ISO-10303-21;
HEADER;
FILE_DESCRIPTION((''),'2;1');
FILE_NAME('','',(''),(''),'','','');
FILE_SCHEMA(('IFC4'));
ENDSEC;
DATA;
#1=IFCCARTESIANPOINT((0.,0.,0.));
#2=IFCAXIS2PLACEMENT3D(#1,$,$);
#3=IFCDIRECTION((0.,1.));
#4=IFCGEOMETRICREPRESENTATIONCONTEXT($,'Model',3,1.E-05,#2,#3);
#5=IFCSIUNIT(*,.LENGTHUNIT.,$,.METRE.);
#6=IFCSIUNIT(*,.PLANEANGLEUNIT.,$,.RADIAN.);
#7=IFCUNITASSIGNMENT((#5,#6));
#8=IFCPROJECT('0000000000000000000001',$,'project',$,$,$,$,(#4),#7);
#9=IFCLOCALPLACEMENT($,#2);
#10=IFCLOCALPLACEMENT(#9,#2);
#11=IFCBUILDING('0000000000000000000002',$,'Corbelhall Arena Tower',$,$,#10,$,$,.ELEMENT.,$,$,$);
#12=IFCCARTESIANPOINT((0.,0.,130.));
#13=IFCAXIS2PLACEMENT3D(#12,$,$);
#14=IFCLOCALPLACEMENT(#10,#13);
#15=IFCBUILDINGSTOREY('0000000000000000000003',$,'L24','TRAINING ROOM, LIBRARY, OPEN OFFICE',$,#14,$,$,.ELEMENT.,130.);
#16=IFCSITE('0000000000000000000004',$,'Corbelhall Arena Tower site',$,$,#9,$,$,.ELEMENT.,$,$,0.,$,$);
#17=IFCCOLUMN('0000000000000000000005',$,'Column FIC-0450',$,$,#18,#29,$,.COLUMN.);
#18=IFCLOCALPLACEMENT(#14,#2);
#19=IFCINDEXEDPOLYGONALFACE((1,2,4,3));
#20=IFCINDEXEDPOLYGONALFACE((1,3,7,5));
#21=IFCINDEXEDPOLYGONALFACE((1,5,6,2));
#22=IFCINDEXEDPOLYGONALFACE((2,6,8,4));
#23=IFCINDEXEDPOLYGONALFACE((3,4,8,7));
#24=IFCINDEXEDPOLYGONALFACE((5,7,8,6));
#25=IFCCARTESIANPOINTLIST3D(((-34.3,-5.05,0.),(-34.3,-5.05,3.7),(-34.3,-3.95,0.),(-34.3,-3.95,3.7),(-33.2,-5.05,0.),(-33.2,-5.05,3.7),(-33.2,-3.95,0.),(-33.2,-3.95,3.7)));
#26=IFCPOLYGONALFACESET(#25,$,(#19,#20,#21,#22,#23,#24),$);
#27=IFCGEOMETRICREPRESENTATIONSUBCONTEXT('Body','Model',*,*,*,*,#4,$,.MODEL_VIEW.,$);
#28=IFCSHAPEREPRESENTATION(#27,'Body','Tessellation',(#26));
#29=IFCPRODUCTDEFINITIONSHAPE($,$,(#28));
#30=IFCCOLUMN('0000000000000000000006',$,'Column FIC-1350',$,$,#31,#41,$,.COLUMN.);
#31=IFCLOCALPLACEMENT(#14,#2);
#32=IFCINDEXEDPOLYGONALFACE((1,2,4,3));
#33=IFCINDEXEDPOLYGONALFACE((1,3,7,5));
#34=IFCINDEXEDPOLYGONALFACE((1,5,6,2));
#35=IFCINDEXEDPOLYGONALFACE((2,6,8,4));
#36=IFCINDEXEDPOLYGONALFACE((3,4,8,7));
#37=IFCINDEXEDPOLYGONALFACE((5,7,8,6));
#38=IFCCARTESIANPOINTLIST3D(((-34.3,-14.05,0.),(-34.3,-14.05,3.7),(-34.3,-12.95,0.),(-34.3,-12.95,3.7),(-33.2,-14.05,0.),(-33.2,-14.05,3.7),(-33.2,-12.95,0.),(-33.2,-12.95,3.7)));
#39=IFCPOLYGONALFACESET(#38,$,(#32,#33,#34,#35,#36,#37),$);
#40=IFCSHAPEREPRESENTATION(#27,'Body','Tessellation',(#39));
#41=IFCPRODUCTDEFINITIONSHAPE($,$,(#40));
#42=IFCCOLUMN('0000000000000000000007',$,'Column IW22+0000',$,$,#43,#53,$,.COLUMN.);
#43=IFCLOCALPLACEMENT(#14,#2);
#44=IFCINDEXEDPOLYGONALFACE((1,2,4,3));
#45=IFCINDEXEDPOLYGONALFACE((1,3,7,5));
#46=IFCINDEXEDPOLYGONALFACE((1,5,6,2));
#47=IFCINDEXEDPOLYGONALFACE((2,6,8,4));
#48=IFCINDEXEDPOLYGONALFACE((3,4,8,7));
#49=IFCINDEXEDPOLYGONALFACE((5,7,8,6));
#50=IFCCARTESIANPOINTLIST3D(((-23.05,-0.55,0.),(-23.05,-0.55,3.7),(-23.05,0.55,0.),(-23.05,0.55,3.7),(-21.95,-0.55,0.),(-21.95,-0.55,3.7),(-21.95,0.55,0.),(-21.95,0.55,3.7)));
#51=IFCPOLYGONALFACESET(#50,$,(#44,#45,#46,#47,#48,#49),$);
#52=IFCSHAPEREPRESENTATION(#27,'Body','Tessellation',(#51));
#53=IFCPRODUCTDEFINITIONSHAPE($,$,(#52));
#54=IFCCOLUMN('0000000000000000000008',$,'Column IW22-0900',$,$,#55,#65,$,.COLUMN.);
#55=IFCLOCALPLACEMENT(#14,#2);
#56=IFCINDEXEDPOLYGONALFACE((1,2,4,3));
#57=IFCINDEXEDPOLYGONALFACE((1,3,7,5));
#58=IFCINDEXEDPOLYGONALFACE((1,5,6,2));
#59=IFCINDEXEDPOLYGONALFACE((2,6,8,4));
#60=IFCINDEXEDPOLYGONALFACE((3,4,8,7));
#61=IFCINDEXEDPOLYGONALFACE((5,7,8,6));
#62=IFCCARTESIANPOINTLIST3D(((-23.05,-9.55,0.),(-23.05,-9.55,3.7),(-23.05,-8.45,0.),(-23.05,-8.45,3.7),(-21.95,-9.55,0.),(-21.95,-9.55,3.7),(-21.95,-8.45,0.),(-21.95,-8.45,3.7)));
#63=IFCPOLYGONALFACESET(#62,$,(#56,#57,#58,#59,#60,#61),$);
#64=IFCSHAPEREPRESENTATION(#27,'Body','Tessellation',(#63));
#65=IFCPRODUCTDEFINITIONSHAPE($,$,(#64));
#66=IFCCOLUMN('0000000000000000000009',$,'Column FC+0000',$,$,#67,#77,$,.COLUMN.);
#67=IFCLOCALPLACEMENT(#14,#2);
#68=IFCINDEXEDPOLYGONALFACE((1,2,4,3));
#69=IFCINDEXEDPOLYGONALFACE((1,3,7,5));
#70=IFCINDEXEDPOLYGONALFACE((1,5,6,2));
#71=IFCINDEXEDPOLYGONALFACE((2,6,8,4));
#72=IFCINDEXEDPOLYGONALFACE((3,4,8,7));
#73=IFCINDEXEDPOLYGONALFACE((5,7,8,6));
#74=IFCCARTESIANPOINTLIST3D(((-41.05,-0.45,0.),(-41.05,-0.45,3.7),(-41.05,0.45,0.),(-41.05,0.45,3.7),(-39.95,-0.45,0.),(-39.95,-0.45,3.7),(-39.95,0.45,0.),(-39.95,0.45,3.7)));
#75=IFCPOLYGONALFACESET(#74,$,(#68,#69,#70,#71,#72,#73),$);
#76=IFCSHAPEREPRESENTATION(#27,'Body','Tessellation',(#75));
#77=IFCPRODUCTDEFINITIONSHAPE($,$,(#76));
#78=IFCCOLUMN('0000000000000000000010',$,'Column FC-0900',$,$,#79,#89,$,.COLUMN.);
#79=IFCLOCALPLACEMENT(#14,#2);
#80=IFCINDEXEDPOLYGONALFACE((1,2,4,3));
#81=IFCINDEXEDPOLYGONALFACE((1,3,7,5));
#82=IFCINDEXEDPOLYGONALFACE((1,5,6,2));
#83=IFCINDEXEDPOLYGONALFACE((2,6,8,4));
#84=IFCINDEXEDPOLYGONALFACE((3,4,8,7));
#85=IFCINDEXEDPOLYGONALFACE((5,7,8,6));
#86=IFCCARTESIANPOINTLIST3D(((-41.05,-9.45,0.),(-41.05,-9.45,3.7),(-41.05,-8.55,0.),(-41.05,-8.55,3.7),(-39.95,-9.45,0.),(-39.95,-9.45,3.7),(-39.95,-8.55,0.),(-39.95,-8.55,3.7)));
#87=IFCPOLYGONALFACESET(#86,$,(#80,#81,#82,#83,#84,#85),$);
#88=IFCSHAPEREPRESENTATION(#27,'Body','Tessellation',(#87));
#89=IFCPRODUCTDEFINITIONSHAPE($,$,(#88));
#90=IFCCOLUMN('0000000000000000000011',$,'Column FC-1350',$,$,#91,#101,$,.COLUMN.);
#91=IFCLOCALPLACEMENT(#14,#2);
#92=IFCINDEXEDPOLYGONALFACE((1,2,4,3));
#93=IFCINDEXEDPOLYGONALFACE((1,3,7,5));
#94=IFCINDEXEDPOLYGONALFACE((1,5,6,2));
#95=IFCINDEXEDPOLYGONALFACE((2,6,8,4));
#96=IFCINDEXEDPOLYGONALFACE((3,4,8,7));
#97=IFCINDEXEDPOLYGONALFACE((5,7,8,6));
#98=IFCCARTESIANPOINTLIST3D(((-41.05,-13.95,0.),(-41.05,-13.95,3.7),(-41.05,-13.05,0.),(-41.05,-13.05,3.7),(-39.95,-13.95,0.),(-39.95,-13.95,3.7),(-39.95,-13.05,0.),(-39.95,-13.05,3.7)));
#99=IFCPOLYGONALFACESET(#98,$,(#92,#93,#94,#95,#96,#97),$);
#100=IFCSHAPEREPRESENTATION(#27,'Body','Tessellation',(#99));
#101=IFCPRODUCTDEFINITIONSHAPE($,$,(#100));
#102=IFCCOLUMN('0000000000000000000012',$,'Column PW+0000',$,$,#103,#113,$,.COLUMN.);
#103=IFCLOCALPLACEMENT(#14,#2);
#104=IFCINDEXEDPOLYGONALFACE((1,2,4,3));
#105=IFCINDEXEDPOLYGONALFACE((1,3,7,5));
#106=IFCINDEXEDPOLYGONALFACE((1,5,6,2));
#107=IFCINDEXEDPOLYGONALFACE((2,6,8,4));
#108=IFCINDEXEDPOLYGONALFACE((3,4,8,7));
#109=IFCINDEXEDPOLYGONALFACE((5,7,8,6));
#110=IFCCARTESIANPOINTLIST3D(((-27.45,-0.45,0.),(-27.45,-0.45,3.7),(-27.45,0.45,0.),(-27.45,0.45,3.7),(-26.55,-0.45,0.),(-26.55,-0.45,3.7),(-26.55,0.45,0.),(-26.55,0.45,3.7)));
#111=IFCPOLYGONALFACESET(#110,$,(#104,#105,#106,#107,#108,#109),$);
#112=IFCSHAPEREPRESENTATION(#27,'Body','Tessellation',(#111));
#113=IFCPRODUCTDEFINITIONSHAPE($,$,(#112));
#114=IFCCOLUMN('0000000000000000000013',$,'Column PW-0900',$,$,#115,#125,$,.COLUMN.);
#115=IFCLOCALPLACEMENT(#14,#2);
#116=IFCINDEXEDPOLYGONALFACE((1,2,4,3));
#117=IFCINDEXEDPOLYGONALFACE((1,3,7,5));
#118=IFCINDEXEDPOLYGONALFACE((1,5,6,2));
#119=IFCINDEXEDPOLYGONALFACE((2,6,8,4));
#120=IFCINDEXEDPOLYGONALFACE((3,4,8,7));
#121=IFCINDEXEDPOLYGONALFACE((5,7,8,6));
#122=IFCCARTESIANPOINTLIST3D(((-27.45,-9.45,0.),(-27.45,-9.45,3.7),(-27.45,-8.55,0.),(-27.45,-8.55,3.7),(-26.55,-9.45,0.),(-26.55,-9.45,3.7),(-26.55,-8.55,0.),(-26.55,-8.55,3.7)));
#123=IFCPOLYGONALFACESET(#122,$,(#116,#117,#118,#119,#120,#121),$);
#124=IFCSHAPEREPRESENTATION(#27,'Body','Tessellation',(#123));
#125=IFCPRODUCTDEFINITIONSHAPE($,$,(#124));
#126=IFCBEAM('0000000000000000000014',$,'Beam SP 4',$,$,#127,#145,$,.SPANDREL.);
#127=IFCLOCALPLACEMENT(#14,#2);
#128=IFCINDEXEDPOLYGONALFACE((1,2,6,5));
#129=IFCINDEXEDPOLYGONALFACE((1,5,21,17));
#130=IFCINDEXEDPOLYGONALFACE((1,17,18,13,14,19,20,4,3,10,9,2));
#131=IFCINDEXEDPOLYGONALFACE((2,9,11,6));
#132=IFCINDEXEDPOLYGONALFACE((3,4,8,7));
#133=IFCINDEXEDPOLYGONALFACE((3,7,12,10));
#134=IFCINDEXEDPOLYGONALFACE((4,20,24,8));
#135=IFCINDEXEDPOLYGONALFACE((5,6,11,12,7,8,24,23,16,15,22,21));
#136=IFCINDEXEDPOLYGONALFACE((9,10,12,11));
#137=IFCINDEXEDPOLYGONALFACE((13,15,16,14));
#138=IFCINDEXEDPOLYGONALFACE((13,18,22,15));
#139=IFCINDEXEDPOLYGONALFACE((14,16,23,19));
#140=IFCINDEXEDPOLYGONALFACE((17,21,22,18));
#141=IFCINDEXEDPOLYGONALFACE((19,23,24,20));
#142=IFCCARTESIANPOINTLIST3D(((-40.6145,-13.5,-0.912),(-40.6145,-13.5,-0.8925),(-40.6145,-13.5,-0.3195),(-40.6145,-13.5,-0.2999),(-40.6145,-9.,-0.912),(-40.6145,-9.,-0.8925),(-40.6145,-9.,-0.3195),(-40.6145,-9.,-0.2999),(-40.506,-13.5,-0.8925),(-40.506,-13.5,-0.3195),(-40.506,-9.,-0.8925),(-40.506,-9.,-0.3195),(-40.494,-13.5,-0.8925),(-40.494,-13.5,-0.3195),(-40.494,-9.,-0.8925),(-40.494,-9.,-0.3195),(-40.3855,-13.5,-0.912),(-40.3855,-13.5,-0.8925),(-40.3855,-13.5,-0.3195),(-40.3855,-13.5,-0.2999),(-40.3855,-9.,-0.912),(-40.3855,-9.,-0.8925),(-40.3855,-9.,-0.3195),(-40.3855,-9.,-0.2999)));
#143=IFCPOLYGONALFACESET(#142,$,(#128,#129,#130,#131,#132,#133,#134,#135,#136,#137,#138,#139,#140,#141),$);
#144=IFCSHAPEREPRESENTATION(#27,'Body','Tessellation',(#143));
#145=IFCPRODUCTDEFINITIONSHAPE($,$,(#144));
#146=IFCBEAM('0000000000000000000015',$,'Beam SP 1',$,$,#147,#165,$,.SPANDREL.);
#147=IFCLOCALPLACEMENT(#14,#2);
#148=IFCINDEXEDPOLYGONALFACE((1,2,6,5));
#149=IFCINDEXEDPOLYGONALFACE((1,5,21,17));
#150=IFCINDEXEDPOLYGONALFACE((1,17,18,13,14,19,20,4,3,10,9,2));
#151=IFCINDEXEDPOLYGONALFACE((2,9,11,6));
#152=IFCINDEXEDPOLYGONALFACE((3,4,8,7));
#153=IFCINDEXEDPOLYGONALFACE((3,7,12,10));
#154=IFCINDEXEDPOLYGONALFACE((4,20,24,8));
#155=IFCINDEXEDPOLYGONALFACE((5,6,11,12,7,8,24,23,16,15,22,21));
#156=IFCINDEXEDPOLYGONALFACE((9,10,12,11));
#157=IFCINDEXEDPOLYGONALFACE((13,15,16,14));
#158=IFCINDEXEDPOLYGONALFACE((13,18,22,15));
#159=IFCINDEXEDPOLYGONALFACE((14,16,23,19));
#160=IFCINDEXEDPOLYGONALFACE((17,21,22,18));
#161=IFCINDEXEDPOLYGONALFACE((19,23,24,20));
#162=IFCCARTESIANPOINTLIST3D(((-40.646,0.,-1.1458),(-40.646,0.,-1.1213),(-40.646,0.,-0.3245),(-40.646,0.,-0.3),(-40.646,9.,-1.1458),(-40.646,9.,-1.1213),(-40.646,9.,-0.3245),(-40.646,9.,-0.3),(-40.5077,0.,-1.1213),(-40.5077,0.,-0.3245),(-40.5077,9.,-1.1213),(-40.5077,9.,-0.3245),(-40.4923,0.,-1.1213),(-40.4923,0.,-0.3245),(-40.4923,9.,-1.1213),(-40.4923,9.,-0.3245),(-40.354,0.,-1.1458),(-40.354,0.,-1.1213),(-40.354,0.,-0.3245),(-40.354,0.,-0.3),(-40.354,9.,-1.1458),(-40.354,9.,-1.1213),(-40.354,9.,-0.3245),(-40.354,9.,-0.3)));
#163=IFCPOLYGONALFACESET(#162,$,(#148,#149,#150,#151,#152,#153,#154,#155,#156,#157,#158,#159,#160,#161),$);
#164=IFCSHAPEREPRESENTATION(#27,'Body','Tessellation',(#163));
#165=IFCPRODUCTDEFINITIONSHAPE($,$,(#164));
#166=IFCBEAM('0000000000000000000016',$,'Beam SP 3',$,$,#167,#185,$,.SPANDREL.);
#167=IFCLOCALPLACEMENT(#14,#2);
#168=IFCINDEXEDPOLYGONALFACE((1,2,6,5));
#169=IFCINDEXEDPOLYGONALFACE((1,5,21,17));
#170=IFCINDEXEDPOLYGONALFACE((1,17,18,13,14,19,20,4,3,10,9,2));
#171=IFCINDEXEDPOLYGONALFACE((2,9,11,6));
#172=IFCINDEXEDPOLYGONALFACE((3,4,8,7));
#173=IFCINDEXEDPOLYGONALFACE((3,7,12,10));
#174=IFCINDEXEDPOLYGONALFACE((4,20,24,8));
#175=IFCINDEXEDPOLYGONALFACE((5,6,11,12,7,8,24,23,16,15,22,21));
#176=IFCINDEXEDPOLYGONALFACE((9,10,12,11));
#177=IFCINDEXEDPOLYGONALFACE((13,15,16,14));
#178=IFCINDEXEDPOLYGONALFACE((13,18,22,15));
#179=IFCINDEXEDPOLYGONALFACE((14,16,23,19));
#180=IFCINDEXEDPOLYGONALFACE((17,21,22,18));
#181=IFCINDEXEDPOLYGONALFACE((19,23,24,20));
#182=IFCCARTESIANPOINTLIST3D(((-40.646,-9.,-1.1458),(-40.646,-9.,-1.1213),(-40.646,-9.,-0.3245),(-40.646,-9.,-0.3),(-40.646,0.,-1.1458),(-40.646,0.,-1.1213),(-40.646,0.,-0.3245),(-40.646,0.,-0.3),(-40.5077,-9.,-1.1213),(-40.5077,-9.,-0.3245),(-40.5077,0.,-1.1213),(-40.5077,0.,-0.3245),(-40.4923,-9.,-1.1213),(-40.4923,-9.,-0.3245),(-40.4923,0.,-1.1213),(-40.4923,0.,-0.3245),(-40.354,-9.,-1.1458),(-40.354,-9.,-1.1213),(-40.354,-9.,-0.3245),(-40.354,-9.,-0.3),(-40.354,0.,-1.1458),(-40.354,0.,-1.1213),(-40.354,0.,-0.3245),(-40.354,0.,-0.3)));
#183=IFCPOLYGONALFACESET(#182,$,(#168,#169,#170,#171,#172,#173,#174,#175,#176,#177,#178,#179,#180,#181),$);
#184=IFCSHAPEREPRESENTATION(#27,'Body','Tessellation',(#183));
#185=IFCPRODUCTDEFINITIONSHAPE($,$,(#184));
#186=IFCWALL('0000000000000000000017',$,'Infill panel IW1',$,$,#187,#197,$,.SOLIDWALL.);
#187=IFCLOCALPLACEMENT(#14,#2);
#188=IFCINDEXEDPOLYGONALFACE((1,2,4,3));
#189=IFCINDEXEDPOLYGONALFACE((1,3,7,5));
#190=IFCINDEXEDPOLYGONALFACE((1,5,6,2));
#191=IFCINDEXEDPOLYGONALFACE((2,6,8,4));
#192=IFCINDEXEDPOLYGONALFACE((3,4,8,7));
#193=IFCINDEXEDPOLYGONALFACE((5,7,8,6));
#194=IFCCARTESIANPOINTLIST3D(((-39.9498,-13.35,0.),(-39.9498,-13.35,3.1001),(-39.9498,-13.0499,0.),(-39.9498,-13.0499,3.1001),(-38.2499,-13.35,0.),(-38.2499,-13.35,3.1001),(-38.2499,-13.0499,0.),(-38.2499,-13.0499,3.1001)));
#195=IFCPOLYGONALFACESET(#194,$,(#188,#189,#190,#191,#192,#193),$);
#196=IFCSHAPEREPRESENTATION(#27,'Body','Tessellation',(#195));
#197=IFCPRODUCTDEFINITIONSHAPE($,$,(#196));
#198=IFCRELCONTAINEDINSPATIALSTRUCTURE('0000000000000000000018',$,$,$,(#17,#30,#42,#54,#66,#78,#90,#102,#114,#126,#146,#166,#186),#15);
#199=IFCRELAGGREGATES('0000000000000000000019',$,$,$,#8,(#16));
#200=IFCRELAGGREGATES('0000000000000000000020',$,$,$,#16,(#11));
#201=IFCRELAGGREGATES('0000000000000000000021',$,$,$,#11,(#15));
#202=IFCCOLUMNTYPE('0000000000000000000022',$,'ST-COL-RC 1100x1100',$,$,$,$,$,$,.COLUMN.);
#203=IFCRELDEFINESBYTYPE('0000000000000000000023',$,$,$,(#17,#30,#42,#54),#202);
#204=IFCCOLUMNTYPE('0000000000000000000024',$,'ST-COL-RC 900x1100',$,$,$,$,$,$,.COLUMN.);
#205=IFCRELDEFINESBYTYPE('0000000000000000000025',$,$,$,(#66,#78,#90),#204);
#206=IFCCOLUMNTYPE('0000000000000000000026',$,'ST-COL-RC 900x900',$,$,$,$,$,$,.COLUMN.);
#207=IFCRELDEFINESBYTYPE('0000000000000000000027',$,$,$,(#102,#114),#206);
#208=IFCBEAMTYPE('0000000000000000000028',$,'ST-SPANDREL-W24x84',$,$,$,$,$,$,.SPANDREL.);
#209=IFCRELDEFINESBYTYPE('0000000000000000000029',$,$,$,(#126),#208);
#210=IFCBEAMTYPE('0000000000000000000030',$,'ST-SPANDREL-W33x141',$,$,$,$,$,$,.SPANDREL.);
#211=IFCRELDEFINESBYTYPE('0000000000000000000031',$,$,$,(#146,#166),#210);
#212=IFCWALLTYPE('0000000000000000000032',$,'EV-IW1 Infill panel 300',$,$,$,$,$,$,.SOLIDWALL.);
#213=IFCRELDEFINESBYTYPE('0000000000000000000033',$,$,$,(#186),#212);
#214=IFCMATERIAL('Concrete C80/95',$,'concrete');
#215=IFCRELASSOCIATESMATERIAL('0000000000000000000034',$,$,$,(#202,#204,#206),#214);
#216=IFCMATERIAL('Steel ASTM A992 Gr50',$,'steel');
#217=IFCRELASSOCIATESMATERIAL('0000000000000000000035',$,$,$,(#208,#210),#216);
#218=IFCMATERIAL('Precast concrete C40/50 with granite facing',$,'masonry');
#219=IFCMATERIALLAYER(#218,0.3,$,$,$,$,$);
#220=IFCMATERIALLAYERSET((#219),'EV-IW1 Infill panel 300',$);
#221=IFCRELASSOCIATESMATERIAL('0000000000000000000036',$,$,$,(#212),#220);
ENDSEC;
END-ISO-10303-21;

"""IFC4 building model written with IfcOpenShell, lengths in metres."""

from ifc_helpers import new_model, si_unit, direction, frame, frame_2d, origin, origin_2d, place, context, subcontext, project, spatial, rectangle, i_section, extrude, material, layer, layer_set, material_profile, profile_set, type_object, element, save


model = new_model("IFC4")

# Units and contexts
model_context = context("Model", 3, precision=1e-05, world=origin(), true_north=direction((0.0, 1.0)))
body_context = subcontext(model_context, "Body", "Model", "MODEL_VIEW")
ifc_project = project(units=[si_unit("LENGTHUNIT", "METRE"), si_unit("PLANEANGLEUNIT", "RADIAN")], contexts=[model_context])

# Site, building, storey
site_placement = place(None, origin())
site = spatial("IfcSite", under=ifc_project, at=site_placement, Name="Corbelhall Arena Tower site", CompositionType="ELEMENT", RefElevation=0.0)
building_placement = place(site_placement, origin())
building = spatial("IfcBuilding", under=site, at=building_placement, Name="Corbelhall Arena Tower", CompositionType="ELEMENT")
storey_placement = place(building_placement, frame((0.0, 0.0, 130.0)))
storey = spatial("IfcBuildingStorey", under=building, at=storey_placement, Name="L24", Description="TRAINING ROOM, LIBRARY, OPEN OFFICE", CompositionType="ELEMENT", Elevation=130.0)

# Columns
ifc_material_1 = material(Name="Concrete C80/95", Category="concrete")
ifc_material_profile_1 = material_profile(ifc_material_1, rectangle(XDim=1.1001, YDim=1.1001, at=origin_2d()))
ifc_profile_set_1 = profile_set([ifc_material_profile_1], Name="Concrete C80/95")
column_type_1 = type_object("IfcColumnType", Name="ST-COL-RC 1100x1100", PredefinedType="COLUMN", material=ifc_profile_set_1)
for number, where, z_axis, x_axis, name in (
    (1, (-33.75, -4.5, 0.0), (0.0, 0.0, 1.0), (1.0, 0.0, 0.0), "Column FIC-0450"),
    (2, (-33.75, -13.5, 0.0), (0.0, 0.0, 1.0), (1.0, 0.0, 0.0), "Column FIC-1350"),
    (3, (-22.5, 0.0, 0.0), (0.0, 0.0, 1.0), (1.0, 0.0, 0.0), "Column IW22+0000"),
    (4, (-22.5, -9.0, 0.0), (0.0, 0.0, 1.0), (1.0, 0.0, 0.0), "Column IW22-0900"),
):
    element("IfcColumn", number, at=place(storey_placement, frame(where, z_axis=z_axis, x_axis=x_axis)), inside=storey, type_object=column_type_1, Name=name, PredefinedType="COLUMN", context=body_context, shape_type="SweptSolid", body=[
        extrude(rectangle(XDim=1.1001, YDim=1.1001, at=origin_2d()), origin(), (0.0, 0.0, 1.0), 3.7),
    ])
ifc_material_profile_2 = material_profile(ifc_material_1, rectangle(XDim=0.8999, YDim=1.1001, at=origin_2d()))
ifc_profile_set_2 = profile_set([ifc_material_profile_2], Name="Concrete C80/95")
column_type_2 = type_object("IfcColumnType", Name="ST-COL-RC 900x1100", PredefinedType="COLUMN", material=ifc_profile_set_2)
for number, where, z_axis, x_axis, name in (
    (5, (-40.5, 0.0, 0.0), (0.0, 0.0, 1.0), (0.0, 1.0, 0.0), "Column FC+0000"),
    (6, (-40.5, -9.0, 0.0), (0.0, 0.0, 1.0), (0.0, 1.0, 0.0), "Column FC-0900"),
    (7, (-40.5, -13.5, 0.0), (0.0, 0.0, 1.0), (0.0, 1.0, 0.0), "Column FC-1350"),
):
    element("IfcColumn", number, at=place(storey_placement, frame(where, z_axis=z_axis, x_axis=x_axis)), inside=storey, type_object=column_type_2, Name=name, PredefinedType="COLUMN", context=body_context, shape_type="SweptSolid", body=[
        extrude(rectangle(XDim=0.8999, YDim=1.1001, at=origin_2d()), origin(), (0.0, 0.0, 1.0), 3.7),
    ])
ifc_material_profile_3 = material_profile(ifc_material_1, rectangle(XDim=0.8999, YDim=0.8999, at=origin_2d()))
ifc_profile_set_3 = profile_set([ifc_material_profile_3], Name="Concrete C80/95")
column_type_3 = type_object("IfcColumnType", Name="ST-COL-RC 900x900", PredefinedType="COLUMN", material=ifc_profile_set_3)
for number, where, z_axis, x_axis, name in (
    (8, (-27.0, 0.0, 0.0), (0.0, 0.0, 1.0), (1.0, 0.0, 0.0), "Column PW+0000"),
    (9, (-27.0, -9.0, 0.0), (0.0, 0.0, 1.0), (1.0, 0.0, 0.0), "Column PW-0900"),
):
    element("IfcColumn", number, at=place(storey_placement, frame(where, z_axis=z_axis, x_axis=x_axis)), inside=storey, type_object=column_type_3, Name=name, PredefinedType="COLUMN", context=body_context, shape_type="SweptSolid", body=[
        extrude(rectangle(XDim=0.8999, YDim=0.8999, at=origin_2d()), origin(), (0.0, 0.0, 1.0), 3.7),
    ])

# Beams
ifc_material_2 = material(Name="Steel ASTM A992 Gr50", Category="steel")
ifc_material_profile_4 = material_profile(ifc_material_2, i_section(OverallWidth=0.229, OverallDepth=0.6121, WebThickness=0.012, FlangeThickness=0.0195, at=origin_2d()))
ifc_profile_set_4 = profile_set([ifc_material_profile_4], Name="Steel ASTM A992 Gr50")
beam_type_1 = type_object("IfcBeamType", Name="ST-SPANDREL-W24x84", PredefinedType="SPANDREL", material=ifc_profile_set_4)
beam_placement = place(storey_placement, frame((-40.5, -13.5, -0.606), z_axis=(0.0, 1.0, 0.0), x_axis=(-1.0, 0.0, 0.0)))
element("IfcBeam", 10, at=beam_placement, inside=storey, type_object=beam_type_1, Name="Beam SP 4", PredefinedType="SPANDREL", context=body_context, shape_type="SweptSolid", body=[
    extrude(i_section(OverallWidth=0.229, OverallDepth=0.6121, WebThickness=0.012, FlangeThickness=0.0195, at=origin_2d()), origin(), (0.0, 0.0, 1.0), 4.5),
])
ifc_material_profile_5 = material_profile(ifc_material_2, i_section(OverallWidth=0.292, OverallDepth=0.8457, WebThickness=0.0154, FlangeThickness=0.0244, at=origin_2d()))
ifc_profile_set_5 = profile_set([ifc_material_profile_5], Name="Steel ASTM A992 Gr50")
beam_type_2 = type_object("IfcBeamType", Name="ST-SPANDREL-W33x141", PredefinedType="SPANDREL", material=ifc_profile_set_5)
for number, where, z_axis, x_axis, name in (
    (11, (-40.5, 0.0, -0.7229), (0.0, 1.0, 0.0), (-1.0, 0.0, 0.0), "Beam SP 1"),
    (12, (-40.5, -9.0, -0.7229), (0.0, 1.0, 0.0), (-1.0, 0.0, 0.0), "Beam SP 3"),
):
    element("IfcBeam", number, at=place(storey_placement, frame(where, z_axis=z_axis, x_axis=x_axis)), inside=storey, type_object=beam_type_2, Name=name, PredefinedType="SPANDREL", context=body_context, shape_type="SweptSolid", body=[
        extrude(i_section(OverallWidth=0.292, OverallDepth=0.8457, WebThickness=0.0154, FlangeThickness=0.0244, at=origin_2d()), origin(), (0.0, 0.0, 1.0), 9.0),
    ])

# Wall
ifc_material_3 = material(Name="Precast concrete C40/50 with granite facing", Category="masonry")
ifc_layer_1 = layer(ifc_material_3, 0.3)
ifc_layer_set_1 = layer_set([ifc_layer_1], Name="EV-IW1 Infill panel 300")
wall_type_1 = type_object("IfcWallType", Name="EV-IW1 Infill panel 300", PredefinedType="SOLIDWALL", material=ifc_layer_set_1)
wall_1_placement = place(storey_placement, frame((-39.95, -13.2, 0.0), z_axis=(0.0, 0.0, 1.0), x_axis=(1.0, 0.0, 0.0)))
element("IfcWall", 13, at=wall_1_placement, inside=storey, type_object=wall_type_1, Name="Infill panel IW1", PredefinedType="SOLIDWALL", context=body_context, shape_type="SweptSolid", body=[
    extrude(rectangle(XDim=1.7, YDim=0.3, at=frame_2d((0.8501, 0.0))), origin(), (0.0, 0.0, 1.0), 3.1001),
])

save(model, "model.ifc")
